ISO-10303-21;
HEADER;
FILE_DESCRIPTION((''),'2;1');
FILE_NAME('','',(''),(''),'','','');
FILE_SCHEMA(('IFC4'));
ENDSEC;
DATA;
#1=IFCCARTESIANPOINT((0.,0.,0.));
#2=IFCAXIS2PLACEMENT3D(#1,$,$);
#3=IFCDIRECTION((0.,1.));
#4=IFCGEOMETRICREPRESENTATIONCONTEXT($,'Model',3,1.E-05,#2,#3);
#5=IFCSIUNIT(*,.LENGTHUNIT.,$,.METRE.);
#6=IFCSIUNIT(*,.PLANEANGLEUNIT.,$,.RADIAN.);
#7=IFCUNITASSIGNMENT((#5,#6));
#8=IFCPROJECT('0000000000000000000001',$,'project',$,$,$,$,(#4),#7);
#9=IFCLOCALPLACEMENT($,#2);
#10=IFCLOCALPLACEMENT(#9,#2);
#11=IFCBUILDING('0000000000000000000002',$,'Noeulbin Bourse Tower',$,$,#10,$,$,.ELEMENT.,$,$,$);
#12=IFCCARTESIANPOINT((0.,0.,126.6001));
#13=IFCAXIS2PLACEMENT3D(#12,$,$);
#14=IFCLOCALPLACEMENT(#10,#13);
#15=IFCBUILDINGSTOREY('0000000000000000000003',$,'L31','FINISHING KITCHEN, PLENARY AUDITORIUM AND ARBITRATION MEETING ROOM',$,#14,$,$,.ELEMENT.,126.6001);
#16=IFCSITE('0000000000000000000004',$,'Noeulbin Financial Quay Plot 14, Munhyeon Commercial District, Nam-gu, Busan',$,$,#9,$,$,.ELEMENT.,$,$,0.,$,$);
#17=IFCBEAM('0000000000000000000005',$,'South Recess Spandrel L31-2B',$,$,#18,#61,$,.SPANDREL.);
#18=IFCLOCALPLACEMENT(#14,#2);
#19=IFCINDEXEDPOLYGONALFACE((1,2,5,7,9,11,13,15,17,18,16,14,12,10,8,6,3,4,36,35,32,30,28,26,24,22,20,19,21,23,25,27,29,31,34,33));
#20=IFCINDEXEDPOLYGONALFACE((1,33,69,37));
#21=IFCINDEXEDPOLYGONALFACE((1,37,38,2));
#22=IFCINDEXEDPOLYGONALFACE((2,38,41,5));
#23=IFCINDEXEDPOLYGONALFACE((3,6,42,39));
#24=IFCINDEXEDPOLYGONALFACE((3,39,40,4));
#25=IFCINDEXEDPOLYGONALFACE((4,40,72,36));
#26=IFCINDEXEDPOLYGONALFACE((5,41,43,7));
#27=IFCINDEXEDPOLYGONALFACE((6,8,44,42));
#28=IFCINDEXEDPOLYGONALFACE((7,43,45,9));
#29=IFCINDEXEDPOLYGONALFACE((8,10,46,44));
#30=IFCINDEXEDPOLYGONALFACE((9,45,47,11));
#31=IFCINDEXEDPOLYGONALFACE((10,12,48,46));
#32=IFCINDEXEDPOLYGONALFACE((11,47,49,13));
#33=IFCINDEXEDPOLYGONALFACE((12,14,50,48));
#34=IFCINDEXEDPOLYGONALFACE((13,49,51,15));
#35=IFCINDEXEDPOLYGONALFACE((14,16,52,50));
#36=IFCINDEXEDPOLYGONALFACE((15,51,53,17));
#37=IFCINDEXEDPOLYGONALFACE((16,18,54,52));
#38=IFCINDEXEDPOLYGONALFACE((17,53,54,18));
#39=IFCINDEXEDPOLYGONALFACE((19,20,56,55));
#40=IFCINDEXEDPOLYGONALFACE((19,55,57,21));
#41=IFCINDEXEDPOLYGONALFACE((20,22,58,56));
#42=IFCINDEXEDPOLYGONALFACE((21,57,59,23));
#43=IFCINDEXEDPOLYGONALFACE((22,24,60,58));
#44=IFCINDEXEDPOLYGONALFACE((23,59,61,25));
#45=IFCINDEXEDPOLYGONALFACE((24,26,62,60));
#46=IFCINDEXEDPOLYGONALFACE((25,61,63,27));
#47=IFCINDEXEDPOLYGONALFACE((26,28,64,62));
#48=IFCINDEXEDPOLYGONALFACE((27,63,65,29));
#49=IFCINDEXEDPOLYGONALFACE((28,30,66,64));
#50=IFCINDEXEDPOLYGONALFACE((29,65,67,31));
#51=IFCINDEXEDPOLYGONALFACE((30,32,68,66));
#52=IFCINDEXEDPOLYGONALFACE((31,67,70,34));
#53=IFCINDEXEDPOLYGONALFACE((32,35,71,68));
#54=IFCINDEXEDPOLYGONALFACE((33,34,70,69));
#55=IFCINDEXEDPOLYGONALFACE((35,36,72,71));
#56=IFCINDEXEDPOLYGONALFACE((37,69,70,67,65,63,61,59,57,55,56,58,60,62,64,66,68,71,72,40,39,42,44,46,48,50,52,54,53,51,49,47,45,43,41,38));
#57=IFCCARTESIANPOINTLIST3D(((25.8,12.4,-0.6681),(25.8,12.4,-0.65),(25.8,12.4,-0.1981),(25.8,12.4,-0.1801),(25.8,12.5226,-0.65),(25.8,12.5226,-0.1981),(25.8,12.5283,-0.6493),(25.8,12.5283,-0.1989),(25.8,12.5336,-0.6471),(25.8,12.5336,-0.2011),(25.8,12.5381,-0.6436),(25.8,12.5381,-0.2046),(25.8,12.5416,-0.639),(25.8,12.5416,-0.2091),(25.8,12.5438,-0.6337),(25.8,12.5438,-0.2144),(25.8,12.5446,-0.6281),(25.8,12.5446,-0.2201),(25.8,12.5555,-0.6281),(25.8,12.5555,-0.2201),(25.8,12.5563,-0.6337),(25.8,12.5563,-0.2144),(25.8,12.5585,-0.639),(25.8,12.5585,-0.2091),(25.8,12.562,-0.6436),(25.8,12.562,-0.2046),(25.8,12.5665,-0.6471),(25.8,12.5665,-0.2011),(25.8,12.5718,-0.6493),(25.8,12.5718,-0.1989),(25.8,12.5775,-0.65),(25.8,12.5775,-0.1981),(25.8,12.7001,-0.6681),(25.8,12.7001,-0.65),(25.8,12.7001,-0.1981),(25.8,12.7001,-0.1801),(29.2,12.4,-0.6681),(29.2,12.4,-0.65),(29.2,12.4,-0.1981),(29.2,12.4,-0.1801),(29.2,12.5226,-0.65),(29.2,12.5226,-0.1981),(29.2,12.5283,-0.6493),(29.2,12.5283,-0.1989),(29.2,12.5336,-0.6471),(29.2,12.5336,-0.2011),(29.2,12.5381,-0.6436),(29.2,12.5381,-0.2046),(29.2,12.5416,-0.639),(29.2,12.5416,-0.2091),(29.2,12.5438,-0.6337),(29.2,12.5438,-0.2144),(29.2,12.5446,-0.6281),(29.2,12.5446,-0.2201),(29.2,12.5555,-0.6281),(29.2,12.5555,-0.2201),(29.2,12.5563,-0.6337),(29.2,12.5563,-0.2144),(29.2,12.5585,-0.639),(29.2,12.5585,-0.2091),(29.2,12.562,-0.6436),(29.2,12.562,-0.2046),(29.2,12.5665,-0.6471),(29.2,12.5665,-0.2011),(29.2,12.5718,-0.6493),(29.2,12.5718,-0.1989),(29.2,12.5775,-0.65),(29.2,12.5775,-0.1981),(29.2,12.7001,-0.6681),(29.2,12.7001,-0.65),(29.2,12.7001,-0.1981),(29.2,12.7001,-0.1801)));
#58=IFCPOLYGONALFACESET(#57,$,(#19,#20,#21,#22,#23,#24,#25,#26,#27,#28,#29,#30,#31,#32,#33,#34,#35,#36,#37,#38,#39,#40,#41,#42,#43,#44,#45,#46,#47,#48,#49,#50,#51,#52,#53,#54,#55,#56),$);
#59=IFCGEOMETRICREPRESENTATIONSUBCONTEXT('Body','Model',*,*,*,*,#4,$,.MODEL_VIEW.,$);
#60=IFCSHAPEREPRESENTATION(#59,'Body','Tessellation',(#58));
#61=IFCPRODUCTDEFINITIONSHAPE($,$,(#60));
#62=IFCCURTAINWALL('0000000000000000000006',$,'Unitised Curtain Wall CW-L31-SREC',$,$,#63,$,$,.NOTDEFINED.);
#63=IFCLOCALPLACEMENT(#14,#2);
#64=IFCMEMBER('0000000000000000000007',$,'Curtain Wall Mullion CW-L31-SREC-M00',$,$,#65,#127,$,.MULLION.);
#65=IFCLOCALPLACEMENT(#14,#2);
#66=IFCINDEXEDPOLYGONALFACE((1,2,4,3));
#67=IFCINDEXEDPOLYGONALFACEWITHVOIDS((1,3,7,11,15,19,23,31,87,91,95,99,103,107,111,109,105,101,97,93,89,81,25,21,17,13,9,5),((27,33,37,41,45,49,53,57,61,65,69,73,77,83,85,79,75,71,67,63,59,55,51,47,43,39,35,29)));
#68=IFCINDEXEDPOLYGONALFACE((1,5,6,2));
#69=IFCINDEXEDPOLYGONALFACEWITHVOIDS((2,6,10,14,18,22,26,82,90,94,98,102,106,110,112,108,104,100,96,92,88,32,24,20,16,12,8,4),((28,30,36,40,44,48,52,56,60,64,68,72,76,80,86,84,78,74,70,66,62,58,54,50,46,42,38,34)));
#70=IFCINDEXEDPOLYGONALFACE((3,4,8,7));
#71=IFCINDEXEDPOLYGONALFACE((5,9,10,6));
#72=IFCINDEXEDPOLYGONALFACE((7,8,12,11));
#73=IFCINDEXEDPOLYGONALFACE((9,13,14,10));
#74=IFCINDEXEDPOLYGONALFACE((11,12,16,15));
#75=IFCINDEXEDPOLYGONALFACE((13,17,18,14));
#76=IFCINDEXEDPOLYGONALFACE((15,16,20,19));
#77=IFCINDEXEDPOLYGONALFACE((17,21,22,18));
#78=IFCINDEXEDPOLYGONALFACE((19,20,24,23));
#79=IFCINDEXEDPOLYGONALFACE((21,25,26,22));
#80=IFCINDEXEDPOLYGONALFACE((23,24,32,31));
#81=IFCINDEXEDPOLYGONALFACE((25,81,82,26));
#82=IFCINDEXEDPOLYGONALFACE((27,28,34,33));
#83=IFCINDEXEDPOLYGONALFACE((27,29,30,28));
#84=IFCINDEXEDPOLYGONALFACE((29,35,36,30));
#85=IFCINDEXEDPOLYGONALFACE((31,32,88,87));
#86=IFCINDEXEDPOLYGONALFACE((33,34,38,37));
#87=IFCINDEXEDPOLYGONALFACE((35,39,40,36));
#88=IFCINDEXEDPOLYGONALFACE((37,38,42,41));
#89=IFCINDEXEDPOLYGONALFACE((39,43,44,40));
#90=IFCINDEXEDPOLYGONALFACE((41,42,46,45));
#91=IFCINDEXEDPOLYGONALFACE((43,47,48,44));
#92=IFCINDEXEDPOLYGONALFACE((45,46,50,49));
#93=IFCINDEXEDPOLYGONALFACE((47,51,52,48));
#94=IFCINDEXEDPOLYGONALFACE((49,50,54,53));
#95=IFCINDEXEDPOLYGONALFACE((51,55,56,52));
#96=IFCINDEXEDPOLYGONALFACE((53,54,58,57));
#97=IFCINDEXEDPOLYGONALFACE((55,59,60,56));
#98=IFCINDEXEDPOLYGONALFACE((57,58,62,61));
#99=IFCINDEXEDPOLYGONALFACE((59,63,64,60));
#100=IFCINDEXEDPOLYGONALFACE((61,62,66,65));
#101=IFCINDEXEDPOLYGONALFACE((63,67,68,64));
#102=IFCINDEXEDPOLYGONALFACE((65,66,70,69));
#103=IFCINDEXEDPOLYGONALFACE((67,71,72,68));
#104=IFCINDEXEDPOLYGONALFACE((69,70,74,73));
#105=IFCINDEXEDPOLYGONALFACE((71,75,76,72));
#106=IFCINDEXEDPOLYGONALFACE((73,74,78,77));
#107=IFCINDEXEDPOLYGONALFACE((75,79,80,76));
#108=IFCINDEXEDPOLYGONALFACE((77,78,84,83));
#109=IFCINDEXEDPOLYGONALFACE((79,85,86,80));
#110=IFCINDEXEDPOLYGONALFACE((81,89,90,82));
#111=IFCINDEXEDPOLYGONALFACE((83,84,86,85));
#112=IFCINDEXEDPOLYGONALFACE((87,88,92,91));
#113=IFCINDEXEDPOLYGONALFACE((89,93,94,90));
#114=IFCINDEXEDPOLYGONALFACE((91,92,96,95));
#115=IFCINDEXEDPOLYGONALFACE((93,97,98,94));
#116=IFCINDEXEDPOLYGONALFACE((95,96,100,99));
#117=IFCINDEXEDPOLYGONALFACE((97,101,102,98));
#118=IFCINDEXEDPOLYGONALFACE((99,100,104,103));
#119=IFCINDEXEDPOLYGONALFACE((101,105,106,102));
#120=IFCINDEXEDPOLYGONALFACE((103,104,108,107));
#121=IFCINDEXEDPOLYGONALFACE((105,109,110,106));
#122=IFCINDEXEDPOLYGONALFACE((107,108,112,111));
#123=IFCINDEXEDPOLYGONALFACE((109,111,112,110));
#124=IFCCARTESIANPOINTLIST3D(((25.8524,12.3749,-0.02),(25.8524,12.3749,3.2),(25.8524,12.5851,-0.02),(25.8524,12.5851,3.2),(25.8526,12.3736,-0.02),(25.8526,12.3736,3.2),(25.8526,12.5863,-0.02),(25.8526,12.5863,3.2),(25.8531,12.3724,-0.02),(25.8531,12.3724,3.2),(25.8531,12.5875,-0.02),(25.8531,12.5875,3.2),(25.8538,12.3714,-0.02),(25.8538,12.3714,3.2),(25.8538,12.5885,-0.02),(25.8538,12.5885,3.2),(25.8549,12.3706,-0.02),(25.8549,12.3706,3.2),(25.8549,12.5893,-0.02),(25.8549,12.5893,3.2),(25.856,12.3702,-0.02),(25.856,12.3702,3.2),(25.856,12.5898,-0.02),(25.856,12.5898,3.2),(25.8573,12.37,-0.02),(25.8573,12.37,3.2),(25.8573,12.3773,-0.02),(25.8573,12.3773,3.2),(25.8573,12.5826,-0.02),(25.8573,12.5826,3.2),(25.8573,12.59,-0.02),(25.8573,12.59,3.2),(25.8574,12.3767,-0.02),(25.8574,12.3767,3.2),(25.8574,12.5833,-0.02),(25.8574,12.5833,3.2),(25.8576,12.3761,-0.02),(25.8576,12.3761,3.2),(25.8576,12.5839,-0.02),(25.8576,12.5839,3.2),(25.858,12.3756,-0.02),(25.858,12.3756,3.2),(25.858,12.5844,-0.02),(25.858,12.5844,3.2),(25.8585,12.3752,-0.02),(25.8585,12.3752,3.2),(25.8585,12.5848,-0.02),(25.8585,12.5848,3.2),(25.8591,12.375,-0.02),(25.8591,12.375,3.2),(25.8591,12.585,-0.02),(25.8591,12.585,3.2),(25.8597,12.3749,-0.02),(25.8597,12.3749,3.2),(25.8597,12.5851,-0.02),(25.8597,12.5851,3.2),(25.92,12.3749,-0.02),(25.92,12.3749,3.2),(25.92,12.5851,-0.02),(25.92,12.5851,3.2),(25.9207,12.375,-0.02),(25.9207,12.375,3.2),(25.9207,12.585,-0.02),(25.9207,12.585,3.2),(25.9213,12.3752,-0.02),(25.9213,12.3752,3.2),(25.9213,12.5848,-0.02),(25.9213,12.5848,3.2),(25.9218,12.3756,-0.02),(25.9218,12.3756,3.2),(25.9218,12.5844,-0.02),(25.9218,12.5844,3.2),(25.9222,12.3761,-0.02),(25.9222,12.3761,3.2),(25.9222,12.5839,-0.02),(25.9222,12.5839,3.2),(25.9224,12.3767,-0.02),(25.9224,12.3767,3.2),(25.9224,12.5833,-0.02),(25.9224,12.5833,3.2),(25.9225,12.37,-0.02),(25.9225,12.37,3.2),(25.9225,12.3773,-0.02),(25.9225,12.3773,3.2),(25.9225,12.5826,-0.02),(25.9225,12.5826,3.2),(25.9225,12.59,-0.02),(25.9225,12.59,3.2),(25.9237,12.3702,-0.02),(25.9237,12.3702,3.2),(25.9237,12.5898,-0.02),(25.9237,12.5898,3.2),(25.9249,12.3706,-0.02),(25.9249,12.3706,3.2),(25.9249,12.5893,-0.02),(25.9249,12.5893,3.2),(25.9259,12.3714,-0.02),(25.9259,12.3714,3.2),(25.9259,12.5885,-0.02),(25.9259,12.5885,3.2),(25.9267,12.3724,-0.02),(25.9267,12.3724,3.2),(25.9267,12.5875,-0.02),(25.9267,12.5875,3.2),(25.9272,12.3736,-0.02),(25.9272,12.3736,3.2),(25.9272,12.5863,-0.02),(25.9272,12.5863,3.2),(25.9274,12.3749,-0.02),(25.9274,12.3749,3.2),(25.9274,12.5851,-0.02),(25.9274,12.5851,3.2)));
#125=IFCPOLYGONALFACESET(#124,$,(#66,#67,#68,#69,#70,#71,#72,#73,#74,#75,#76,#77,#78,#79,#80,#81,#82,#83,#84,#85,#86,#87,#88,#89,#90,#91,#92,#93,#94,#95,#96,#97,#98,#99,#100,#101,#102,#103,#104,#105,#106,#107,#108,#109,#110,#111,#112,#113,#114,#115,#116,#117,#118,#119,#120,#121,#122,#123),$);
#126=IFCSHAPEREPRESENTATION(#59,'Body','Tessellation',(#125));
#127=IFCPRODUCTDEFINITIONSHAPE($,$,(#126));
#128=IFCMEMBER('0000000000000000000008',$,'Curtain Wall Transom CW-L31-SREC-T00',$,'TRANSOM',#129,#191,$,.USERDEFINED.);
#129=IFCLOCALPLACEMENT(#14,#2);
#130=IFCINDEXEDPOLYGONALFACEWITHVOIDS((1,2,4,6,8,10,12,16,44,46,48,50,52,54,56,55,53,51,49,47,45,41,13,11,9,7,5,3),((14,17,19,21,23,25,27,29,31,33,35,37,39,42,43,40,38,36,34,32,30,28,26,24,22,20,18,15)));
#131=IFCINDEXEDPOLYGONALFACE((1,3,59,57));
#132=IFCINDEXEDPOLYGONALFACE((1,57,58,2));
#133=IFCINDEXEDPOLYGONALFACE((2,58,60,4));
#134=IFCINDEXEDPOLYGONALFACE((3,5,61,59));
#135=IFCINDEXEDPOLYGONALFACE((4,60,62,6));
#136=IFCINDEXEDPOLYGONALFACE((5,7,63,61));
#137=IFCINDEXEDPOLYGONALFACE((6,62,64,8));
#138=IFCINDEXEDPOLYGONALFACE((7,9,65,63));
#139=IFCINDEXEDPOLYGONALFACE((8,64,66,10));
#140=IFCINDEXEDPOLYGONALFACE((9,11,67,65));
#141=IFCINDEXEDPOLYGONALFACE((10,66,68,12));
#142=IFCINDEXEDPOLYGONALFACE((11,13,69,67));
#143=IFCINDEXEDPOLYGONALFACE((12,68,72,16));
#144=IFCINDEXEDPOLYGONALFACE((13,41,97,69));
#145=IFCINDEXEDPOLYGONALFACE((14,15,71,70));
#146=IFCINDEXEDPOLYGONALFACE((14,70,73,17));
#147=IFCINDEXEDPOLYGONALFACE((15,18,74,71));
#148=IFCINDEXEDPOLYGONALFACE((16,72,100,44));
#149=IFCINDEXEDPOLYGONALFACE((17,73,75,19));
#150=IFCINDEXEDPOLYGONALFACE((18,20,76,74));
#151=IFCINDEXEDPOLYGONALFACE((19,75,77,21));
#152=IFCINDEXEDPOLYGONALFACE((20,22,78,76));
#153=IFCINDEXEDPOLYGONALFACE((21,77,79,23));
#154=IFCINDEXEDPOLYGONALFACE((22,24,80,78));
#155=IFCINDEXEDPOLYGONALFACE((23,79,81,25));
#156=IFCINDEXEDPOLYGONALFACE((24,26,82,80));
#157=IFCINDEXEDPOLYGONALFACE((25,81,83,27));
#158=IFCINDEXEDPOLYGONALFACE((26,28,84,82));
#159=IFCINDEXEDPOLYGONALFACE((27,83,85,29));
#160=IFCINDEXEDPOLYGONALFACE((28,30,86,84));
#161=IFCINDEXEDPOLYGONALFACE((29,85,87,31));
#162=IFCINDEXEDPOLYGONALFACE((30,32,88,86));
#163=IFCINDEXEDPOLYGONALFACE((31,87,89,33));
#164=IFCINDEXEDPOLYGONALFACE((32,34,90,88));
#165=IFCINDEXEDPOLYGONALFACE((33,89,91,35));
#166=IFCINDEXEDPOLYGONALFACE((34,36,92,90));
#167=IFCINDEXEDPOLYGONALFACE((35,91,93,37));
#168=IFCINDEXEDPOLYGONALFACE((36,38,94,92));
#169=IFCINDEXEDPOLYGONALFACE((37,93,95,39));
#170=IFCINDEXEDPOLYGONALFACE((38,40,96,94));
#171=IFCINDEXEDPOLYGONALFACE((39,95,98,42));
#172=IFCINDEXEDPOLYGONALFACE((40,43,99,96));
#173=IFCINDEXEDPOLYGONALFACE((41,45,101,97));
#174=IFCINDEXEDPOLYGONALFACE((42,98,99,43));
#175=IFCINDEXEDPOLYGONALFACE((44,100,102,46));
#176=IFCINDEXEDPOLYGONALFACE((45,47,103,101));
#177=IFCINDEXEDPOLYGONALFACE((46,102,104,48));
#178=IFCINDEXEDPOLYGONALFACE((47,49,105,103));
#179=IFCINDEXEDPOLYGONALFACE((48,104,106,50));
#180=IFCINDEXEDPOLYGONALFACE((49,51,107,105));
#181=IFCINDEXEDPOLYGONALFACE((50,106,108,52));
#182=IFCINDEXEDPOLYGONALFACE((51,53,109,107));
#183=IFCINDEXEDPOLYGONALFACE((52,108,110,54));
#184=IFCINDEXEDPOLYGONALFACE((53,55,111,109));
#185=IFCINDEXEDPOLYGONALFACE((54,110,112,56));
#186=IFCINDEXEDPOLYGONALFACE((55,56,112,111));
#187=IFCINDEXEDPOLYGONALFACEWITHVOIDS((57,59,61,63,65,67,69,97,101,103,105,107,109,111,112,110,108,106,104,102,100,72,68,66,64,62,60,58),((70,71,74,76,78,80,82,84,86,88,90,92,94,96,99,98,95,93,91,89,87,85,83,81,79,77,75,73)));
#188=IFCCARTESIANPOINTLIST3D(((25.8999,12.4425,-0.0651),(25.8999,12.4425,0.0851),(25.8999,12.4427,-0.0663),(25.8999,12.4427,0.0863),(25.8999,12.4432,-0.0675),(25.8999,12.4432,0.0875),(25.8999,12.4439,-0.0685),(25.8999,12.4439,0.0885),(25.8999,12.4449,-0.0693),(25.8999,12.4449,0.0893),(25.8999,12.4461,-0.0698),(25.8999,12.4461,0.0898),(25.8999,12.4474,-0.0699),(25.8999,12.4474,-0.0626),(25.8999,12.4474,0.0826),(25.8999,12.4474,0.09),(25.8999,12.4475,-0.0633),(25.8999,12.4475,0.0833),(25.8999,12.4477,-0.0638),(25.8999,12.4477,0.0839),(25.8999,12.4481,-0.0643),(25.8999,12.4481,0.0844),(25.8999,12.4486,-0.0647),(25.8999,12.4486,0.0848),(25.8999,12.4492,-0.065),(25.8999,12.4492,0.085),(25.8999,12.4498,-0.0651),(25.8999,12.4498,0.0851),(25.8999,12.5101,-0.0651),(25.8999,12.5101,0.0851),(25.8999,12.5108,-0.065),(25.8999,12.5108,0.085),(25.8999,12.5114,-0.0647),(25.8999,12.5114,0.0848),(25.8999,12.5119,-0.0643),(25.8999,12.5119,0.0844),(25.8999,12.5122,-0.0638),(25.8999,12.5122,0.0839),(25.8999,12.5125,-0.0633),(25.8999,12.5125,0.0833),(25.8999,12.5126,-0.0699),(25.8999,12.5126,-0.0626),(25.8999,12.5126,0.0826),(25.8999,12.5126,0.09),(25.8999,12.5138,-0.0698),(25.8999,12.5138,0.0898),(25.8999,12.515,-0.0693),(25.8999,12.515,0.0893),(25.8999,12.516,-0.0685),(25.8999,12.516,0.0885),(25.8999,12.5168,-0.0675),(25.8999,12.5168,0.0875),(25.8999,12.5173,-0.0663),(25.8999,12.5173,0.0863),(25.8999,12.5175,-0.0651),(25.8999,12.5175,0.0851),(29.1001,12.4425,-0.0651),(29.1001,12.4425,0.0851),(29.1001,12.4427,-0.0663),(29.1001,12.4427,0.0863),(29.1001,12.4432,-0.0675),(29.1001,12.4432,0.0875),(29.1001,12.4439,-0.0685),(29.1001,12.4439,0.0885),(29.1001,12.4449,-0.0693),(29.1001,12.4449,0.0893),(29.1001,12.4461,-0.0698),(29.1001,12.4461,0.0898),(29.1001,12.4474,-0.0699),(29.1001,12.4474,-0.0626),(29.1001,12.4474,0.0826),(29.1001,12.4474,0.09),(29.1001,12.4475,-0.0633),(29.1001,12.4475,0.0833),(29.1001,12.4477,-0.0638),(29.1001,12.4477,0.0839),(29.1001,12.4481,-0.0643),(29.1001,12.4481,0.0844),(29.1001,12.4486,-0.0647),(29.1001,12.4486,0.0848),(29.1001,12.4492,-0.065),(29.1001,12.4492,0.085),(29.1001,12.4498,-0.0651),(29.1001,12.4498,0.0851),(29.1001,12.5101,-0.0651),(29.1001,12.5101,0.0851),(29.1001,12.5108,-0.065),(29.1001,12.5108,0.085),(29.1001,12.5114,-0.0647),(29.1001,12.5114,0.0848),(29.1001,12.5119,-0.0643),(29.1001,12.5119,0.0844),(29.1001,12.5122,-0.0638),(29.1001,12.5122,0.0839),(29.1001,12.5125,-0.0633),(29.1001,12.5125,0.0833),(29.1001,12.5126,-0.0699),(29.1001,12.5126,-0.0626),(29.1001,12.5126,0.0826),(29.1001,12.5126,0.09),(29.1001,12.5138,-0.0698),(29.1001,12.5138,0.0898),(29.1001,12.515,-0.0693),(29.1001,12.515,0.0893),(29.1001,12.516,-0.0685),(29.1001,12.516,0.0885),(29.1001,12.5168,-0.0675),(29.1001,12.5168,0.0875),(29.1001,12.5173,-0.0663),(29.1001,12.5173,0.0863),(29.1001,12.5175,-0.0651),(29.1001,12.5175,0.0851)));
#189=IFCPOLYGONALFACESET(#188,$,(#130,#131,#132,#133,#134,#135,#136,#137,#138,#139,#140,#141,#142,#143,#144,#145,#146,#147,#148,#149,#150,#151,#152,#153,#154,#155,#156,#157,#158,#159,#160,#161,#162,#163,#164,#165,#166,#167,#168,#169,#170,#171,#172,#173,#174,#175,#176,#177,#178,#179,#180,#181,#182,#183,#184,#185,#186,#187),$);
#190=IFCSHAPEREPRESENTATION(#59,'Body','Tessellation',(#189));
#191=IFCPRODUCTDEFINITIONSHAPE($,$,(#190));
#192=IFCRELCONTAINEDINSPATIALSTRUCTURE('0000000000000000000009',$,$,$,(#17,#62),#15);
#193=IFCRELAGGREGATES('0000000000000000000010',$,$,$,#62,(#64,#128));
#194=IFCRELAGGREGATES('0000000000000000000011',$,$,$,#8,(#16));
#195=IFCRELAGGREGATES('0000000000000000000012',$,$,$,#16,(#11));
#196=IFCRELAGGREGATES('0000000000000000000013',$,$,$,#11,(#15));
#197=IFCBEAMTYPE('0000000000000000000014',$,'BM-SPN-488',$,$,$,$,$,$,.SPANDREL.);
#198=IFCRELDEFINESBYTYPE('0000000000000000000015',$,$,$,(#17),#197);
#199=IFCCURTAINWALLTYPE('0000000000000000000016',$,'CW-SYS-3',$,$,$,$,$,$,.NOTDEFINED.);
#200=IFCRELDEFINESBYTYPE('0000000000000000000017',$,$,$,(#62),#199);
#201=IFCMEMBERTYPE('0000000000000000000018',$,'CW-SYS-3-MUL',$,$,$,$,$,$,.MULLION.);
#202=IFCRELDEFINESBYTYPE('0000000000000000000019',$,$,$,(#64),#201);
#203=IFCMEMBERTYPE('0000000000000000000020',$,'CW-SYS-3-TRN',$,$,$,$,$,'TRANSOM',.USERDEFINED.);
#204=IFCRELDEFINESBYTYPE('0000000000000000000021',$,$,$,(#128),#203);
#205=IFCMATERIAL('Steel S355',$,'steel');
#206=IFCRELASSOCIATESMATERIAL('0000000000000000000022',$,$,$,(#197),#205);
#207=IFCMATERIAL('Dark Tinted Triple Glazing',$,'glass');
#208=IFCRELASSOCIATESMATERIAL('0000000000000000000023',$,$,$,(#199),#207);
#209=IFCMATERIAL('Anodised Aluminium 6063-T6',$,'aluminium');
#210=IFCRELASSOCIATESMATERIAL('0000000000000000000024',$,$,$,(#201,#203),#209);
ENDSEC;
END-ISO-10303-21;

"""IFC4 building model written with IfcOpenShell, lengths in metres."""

from ifc_helpers import new_model, si_unit, direction, frame, origin, origin_2d, place, context, subcontext, project, spatial, hollow_rectangle, i_section, extrude, material, material_profile, profile_set, type_object, element, aggregate, save


model = new_model("IFC4")

# Units and contexts
model_context = context("Model", 3, precision=1e-05, world=origin(), true_north=direction((0.0, 1.0)))
body_context = subcontext(model_context, "Body", "Model", "MODEL_VIEW")
ifc_project = project(units=[si_unit("LENGTHUNIT", "METRE"), si_unit("PLANEANGLEUNIT", "RADIAN")], contexts=[model_context])

# Site, building, storey
site_placement = place(None, origin())
site = spatial("IfcSite", under=ifc_project, at=site_placement, Name="Noeulbin Financial Quay Plot 14, Munhyeon Commercial District, Nam-gu, Busan", CompositionType="ELEMENT", RefElevation=0.0)
building_placement = place(site_placement, origin())
building = spatial("IfcBuilding", under=site, at=building_placement, Name="Noeulbin Bourse Tower", CompositionType="ELEMENT")
storey_placement = place(building_placement, frame((0.0, 0.0, 126.6001)))
storey = spatial("IfcBuildingStorey", under=building, at=storey_placement, Name="L31", Description="FINISHING KITCHEN, PLENARY AUDITORIUM AND ARBITRATION MEETING ROOM", CompositionType="ELEMENT", Elevation=126.6001)

# Beam
ifc_material_1 = material(Name="Steel S355", Category="steel")
ifc_material_profile_1 = material_profile(ifc_material_1, i_section(OverallWidth=0.3, OverallDepth=0.488, WebThickness=0.011, FlangeThickness=0.0181, FilletRadius=0.022, at=origin_2d()), Name="H-488x300x11x18", Category="LoadBearing")
ifc_profile_set_1 = profile_set([ifc_material_profile_1], Name="Steel S355")
beam_type_1 = type_object("IfcBeamType", Name="BM-SPN-488", PredefinedType="SPANDREL", material=ifc_profile_set_1)
beam_1_placement = place(storey_placement, frame((25.8, 12.55, -0.4241), z_axis=(1.0, 0.0, 0.0), x_axis=(0.0, 1.0, 0.0)))
element("IfcBeam", 1, at=beam_1_placement, inside=storey, type_object=beam_type_1, Name="South Recess Spandrel L31-2B", PredefinedType="SPANDREL", context=body_context, shape_type="SweptSolid", body=[
    extrude(i_section(OverallWidth=0.3, OverallDepth=0.488, WebThickness=0.011, FlangeThickness=0.0181, FilletRadius=0.022, at=origin_2d()), origin(), (0.0, 0.0, 1.0), 3.3999),
])

# Curtain wall, members
ifc_material_2 = material(Name="Dark Tinted Triple Glazing", Category="glass")
curtain_wall_type = type_object("IfcCurtainWallType", Name="CW-SYS-3", PredefinedType="NOTDEFINED", material=ifc_material_2)
curtain_wall_placement = place(storey_placement, origin())
curtain_wall = element("IfcCurtainWall", 2, at=curtain_wall_placement, inside=storey, type_object=curtain_wall_type, Name="Unitised Curtain Wall CW-L31-SREC", PredefinedType="NOTDEFINED")
ifc_material_3 = material(Name="Anodised Aluminium 6063-T6", Category="aluminium")
ifc_material_profile_2 = material_profile(ifc_material_3, hollow_rectangle(XDim=0.075, YDim=0.22, WallThickness=0.0049, InnerFilletRadius=0.0024, OuterFilletRadius=0.0049, at=origin_2d()), Name="ALU-MULL-75x220x5", Category="LoadBearing")
ifc_profile_set_2 = profile_set([ifc_material_profile_2], Name="Anodised Aluminium 6063-T6")
member_type_1 = type_object("IfcMemberType", Name="CW-SYS-3-MUL", PredefinedType="MULLION", material=ifc_profile_set_2)
member_1_placement = place(storey_placement, frame((25.8899, 12.48, -0.02), z_axis=(0.0, 0.0, 1.0), x_axis=(1.0, 0.0, 0.0)))
member_1 = element("IfcMember", 3, at=member_1_placement, type_object=member_type_1, Name="Curtain Wall Mullion CW-L31-SREC-M00", PredefinedType="MULLION", context=body_context, shape_type="SweptSolid", body=[
    extrude(hollow_rectangle(XDim=0.075, YDim=0.22, WallThickness=0.0049, InnerFilletRadius=0.0024, OuterFilletRadius=0.0049, at=origin_2d()), origin(), (0.0, 0.0, 1.0), 3.22),
])
ifc_material_profile_3 = material_profile(ifc_material_3, hollow_rectangle(XDim=0.075, YDim=0.1599, WallThickness=0.0049, InnerFilletRadius=0.0024, OuterFilletRadius=0.0049, at=origin_2d()), Name="ALU-TRAN-75x160x5", Category="LoadBearing")
ifc_profile_set_3 = profile_set([ifc_material_profile_3], Name="Anodised Aluminium 6063-T6")
member_type_2 = type_object("IfcMemberType", Name="CW-SYS-3-TRN", ElementType="TRANSOM", PredefinedType="USERDEFINED", material=ifc_profile_set_3)
member_2_placement = place(storey_placement, frame((25.8999, 12.48, 0.01), z_axis=(1.0, 0.0, 0.0), x_axis=(0.0, 1.0, 0.0)))
member_2 = element("IfcMember", 4, at=member_2_placement, type_object=member_type_2, Name="Curtain Wall Transom CW-L31-SREC-T00", ObjectType="TRANSOM", PredefinedType="USERDEFINED", context=body_context, shape_type="SweptSolid", body=[
    extrude(hollow_rectangle(XDim=0.075, YDim=0.1599, WallThickness=0.0049, InnerFilletRadius=0.0024, OuterFilletRadius=0.0049, at=origin_2d()), origin(), (0.0, 0.0, 1.0), 3.2002),
])
aggregate(curtain_wall, [member_1, member_2])

save(model, "model.ifc")
